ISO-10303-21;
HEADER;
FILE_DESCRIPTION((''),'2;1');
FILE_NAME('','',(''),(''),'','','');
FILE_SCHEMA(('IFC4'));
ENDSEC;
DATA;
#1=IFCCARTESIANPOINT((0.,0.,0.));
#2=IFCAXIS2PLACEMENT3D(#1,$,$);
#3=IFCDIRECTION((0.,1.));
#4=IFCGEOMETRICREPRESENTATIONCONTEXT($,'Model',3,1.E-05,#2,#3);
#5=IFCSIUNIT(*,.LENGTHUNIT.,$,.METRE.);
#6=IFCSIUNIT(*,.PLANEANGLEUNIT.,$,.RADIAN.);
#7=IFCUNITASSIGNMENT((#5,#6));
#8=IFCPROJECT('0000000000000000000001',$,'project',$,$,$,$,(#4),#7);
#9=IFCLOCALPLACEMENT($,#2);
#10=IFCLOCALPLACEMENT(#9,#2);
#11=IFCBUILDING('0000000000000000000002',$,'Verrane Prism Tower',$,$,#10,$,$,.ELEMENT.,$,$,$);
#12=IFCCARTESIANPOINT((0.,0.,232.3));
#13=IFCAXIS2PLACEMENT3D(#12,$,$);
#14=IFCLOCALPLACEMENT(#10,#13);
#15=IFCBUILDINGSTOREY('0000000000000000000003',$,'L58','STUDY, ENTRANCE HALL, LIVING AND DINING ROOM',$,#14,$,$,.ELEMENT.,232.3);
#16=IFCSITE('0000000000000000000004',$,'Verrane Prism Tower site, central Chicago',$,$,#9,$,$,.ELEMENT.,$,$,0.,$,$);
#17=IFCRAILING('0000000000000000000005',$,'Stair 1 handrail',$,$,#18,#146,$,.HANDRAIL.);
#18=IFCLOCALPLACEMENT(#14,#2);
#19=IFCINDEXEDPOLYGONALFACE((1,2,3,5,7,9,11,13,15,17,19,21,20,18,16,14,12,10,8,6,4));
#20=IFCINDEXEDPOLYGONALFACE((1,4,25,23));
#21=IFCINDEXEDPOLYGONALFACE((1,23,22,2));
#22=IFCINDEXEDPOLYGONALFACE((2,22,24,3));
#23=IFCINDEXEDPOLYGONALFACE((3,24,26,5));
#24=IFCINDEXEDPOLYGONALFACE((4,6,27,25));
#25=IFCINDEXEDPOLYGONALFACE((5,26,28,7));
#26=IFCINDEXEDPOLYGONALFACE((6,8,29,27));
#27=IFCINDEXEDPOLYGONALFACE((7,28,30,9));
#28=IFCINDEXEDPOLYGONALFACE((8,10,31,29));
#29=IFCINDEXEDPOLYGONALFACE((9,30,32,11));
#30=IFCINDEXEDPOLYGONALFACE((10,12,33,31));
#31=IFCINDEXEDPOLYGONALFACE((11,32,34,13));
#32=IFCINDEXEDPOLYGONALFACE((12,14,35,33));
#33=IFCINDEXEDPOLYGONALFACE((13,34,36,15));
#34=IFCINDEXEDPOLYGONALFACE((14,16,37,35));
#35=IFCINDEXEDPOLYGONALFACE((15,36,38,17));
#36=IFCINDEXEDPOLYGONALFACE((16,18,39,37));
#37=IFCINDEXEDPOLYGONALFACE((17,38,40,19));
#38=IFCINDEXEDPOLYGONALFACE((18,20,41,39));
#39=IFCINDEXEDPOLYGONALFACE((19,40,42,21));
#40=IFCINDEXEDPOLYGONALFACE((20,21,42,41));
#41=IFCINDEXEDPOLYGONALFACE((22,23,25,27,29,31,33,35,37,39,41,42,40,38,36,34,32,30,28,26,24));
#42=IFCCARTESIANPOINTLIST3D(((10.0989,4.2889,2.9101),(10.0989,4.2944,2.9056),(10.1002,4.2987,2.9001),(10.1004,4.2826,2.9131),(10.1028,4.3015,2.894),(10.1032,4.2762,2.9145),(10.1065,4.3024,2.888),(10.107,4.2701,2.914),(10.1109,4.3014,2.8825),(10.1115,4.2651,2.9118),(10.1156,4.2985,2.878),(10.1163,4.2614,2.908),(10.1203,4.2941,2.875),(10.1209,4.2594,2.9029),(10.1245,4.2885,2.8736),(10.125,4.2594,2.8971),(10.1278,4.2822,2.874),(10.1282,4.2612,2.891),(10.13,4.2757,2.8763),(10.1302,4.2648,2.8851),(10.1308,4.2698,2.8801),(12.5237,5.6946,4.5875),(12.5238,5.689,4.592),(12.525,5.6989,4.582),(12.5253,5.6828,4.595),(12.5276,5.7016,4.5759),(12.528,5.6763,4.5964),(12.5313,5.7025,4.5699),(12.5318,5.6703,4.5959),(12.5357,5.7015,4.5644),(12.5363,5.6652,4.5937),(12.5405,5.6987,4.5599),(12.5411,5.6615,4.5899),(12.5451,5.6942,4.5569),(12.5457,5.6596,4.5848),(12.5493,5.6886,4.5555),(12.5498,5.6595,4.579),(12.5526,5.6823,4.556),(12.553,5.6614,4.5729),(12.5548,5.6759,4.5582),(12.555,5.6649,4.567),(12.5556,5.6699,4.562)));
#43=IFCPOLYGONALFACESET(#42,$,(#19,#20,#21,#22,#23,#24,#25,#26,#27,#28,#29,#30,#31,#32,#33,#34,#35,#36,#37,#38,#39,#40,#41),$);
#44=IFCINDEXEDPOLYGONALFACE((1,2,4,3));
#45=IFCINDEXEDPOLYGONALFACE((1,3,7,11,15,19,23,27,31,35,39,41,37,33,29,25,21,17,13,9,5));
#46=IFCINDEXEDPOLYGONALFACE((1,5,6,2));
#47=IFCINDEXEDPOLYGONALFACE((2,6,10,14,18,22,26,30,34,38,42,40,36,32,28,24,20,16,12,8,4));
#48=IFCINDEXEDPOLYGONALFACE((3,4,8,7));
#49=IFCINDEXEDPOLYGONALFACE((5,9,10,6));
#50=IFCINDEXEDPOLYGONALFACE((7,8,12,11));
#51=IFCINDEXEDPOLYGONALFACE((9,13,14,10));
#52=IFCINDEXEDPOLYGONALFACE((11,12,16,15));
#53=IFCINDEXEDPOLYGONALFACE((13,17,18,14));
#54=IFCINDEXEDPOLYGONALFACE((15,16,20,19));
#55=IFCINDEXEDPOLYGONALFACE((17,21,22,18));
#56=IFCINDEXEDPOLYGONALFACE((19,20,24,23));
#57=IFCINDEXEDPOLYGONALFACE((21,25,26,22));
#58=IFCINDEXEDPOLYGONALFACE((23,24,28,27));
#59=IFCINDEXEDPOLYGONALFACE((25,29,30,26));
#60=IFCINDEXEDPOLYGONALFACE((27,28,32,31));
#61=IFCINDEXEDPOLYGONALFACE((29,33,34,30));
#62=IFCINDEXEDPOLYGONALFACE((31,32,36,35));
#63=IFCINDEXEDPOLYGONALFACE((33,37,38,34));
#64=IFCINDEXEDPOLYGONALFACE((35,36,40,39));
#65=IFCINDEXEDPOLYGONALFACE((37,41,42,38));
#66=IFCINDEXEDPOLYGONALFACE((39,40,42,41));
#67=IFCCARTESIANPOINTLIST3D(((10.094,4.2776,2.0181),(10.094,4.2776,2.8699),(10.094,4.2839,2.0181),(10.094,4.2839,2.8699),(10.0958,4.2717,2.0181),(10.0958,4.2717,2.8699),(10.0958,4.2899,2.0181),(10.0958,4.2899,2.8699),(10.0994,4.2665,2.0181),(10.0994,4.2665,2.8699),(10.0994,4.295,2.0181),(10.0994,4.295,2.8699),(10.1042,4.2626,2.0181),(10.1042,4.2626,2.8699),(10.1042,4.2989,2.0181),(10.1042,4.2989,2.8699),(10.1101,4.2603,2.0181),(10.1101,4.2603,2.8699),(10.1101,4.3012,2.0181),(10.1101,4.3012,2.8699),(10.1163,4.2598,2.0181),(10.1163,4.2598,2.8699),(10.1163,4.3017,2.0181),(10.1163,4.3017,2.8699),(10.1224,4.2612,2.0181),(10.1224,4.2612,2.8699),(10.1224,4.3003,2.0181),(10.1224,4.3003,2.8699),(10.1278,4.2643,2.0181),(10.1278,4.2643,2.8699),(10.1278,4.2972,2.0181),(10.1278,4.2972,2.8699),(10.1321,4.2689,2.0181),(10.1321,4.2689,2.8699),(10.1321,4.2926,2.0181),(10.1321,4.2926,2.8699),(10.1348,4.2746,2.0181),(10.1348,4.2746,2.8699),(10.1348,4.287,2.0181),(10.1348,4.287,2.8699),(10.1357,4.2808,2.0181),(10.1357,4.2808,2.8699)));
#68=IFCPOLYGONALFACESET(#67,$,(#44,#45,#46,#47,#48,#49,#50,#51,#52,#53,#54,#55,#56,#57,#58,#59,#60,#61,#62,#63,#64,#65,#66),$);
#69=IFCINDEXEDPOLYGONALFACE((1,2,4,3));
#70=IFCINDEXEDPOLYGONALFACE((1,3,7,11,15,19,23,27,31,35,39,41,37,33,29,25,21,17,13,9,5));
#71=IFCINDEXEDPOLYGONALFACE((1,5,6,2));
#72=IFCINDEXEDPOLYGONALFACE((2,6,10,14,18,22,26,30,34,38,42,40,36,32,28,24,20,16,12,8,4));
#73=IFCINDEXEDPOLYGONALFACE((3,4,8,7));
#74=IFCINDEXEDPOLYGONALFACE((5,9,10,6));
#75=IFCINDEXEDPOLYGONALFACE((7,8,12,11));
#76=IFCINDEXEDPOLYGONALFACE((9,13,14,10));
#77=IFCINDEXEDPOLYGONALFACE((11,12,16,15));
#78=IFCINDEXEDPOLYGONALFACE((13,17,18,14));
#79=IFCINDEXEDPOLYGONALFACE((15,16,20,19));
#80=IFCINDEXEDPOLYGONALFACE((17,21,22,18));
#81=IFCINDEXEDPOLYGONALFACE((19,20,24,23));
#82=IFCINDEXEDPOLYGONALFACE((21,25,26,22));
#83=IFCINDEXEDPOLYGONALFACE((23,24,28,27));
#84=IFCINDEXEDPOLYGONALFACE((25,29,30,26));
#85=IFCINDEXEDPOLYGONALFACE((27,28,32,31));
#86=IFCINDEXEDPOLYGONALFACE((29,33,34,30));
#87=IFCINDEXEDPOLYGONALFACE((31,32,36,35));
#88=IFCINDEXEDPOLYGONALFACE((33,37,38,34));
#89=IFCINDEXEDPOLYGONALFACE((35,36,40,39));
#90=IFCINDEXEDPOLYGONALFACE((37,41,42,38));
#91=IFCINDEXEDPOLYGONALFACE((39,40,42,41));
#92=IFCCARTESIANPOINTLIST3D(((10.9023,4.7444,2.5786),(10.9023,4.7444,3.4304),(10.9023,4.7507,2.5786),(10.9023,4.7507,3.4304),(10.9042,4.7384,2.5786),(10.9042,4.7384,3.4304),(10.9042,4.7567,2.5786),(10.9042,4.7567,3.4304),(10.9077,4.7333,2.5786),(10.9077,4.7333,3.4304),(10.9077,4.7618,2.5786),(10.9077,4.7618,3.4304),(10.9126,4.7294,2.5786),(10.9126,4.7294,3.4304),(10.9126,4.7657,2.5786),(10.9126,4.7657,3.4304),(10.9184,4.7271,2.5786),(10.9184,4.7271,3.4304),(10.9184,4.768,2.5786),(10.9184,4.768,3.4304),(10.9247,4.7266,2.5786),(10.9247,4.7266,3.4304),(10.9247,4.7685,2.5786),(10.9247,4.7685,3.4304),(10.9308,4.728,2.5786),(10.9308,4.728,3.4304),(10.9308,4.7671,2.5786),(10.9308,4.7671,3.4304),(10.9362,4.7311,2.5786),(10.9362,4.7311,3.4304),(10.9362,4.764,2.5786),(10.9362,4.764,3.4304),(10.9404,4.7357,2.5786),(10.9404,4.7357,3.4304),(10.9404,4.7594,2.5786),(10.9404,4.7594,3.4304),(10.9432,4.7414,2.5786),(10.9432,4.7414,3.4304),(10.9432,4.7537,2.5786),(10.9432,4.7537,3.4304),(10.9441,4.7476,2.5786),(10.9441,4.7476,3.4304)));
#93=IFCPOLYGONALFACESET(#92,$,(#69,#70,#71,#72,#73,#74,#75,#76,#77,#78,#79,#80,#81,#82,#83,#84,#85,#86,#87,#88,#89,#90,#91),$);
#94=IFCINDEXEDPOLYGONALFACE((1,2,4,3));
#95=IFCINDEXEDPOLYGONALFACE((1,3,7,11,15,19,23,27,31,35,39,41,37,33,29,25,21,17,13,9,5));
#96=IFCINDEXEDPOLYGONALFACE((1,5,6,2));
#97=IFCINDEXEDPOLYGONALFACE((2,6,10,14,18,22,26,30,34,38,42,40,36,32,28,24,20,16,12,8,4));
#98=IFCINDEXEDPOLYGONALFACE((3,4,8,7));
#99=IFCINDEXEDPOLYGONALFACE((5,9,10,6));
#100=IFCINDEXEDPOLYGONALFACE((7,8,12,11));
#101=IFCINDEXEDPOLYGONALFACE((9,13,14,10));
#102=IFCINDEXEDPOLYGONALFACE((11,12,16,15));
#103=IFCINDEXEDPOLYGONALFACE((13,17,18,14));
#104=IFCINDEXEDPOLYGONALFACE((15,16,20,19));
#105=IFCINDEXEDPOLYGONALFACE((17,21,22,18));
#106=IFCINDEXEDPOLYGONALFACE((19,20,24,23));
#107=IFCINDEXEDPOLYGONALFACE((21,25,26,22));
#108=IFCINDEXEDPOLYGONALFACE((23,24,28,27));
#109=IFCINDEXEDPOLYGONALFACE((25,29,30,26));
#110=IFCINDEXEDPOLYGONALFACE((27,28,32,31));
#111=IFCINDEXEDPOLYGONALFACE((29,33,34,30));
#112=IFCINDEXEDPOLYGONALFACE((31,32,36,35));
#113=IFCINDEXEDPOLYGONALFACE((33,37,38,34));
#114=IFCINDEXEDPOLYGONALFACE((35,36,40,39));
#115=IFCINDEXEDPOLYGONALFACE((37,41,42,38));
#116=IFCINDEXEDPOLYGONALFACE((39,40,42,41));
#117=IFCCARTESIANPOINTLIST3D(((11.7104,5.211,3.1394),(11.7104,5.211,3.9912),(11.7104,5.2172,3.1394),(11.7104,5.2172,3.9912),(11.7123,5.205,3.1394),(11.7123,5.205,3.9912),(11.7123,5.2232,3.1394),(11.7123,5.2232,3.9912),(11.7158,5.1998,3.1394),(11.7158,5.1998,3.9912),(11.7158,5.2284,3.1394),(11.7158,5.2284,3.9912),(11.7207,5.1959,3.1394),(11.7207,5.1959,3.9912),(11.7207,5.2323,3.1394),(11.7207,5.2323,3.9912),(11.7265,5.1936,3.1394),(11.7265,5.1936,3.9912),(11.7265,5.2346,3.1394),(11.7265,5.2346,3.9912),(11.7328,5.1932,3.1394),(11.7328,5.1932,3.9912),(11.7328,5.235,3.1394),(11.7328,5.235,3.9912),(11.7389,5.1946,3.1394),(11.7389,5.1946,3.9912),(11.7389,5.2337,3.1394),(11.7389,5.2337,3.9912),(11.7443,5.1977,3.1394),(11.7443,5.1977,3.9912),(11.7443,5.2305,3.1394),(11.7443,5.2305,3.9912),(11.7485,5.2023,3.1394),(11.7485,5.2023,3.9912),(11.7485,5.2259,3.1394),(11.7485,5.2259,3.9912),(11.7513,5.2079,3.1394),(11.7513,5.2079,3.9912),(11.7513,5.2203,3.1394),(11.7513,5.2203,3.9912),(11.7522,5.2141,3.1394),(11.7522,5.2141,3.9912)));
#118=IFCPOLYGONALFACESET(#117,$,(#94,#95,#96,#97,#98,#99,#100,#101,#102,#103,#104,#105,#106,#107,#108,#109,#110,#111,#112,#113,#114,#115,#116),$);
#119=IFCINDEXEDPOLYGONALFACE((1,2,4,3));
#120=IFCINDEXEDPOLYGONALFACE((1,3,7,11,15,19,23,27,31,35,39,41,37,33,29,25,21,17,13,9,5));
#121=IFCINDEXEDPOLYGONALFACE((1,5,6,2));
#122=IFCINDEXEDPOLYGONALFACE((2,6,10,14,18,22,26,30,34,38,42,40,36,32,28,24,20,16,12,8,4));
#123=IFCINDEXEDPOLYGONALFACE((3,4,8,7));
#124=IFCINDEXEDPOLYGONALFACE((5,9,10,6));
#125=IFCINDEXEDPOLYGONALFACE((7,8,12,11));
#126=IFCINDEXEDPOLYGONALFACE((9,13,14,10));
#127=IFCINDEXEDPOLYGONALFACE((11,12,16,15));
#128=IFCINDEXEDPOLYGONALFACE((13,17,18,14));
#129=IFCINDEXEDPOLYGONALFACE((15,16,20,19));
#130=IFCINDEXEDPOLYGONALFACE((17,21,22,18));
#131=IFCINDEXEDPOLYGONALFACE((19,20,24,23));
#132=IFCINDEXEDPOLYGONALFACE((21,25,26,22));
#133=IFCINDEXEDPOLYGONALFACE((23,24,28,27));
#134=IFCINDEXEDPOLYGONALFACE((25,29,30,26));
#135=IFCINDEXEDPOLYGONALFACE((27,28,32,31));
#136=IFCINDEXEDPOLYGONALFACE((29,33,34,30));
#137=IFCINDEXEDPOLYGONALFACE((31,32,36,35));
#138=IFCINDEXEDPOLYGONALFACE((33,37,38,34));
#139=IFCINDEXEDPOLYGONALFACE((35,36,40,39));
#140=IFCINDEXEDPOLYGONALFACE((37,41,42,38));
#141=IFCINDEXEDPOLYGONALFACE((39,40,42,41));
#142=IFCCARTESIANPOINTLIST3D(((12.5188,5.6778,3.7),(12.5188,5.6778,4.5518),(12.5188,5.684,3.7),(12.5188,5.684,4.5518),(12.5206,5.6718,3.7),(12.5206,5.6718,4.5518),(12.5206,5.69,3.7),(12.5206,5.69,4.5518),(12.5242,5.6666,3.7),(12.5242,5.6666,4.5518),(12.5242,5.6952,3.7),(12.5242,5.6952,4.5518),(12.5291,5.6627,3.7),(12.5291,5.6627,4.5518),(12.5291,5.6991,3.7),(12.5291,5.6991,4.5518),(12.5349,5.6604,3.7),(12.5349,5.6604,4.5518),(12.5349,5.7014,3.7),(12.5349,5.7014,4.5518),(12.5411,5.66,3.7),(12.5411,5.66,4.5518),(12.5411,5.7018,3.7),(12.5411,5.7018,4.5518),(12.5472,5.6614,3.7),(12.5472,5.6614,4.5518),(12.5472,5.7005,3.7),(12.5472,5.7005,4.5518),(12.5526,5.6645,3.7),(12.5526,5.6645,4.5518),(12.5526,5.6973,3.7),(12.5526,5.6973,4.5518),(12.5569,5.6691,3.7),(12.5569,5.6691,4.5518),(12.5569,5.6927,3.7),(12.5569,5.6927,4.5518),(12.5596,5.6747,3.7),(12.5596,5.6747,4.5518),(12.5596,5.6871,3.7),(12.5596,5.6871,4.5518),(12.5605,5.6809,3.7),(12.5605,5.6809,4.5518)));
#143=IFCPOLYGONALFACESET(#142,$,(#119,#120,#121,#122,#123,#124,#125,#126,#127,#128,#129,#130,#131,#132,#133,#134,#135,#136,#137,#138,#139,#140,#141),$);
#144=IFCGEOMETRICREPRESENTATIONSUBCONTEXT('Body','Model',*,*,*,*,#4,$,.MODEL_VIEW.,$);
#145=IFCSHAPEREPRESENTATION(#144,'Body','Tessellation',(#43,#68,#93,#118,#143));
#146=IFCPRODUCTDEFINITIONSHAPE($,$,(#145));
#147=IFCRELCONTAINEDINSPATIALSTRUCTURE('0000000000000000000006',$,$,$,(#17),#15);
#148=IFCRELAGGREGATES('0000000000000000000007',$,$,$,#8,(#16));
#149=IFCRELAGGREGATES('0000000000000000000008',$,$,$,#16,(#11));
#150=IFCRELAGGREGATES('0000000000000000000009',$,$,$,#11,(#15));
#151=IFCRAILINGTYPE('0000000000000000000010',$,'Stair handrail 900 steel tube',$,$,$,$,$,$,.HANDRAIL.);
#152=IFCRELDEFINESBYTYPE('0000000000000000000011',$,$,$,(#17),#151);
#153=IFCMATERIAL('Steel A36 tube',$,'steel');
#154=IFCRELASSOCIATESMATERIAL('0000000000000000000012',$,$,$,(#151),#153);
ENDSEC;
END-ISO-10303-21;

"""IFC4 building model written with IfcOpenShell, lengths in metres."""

from ifc_helpers import new_model, si_unit, direction, frame, origin, origin_2d, place, context, subcontext, project, spatial, circle, extrude, material, type_object, element, save


model = new_model("IFC4")

# Units and contexts
model_context = context("Model", 3, precision=1e-05, world=origin(), true_north=direction((0.0, 1.0)))
body_context = subcontext(model_context, "Body", "Model", "MODEL_VIEW")
ifc_project = project(units=[si_unit("LENGTHUNIT", "METRE"), si_unit("PLANEANGLEUNIT", "RADIAN")], contexts=[model_context])

# Site, building, storey
site_placement = place(None, origin())
site = spatial("IfcSite", under=ifc_project, at=site_placement, Name="Verrane Prism Tower site, central Chicago", CompositionType="ELEMENT", RefElevation=0.0)
building_placement = place(site_placement, origin())
building = spatial("IfcBuilding", under=site, at=building_placement, Name="Verrane Prism Tower", CompositionType="ELEMENT")
storey_placement = place(building_placement, frame((0.0, 0.0, 232.3)))
storey = spatial("IfcBuildingStorey", under=building, at=storey_placement, Name="L58", Description="STUDY, ENTRANCE HALL, LIVING AND DINING ROOM", CompositionType="ELEMENT", Elevation=232.3)

# Railing
ifc_material_1 = material(Name="Steel A36 tube", Category="steel")
railing_type_1 = type_object("IfcRailingType", Name="Stair handrail 900 steel tube", PredefinedType="HANDRAIL", material=ifc_material_1)
railing_1_placement = place(storey_placement, frame((10.1147, 4.2808, 2.0181)))
element("IfcRailing", 1, at=railing_1_placement, inside=storey, type_object=railing_type_1, Name="Stair 1 handrail", PredefinedType="HANDRAIL", context=body_context, shape_type="SweptSolid", body=[
    extrude(circle(Radius=0.0239, at=origin_2d()), frame((0.0, 0.0, 0.876), z_axis=(0.742367, 0.428662, 0.514918), x_axis=(-0.50005, 0.865997, 0.0)), (0.0, 0.0, 1.0), 3.2664),
    extrude(circle(Radius=0.021, at=origin_2d()), origin(), (0.0, 0.0, 1.0), 0.8518),
    extrude(circle(Radius=0.021, at=origin_2d()), frame((0.8083, 0.4668, 0.5605)), (0.0, 0.0, 1.0), 0.8518),
    extrude(circle(Radius=0.021, at=origin_2d()), frame((1.6165, 0.9333, 1.1213)), (0.0, 0.0, 1.0), 0.8518),
    extrude(circle(Radius=0.021, at=origin_2d()), frame((2.4248, 1.4001, 1.6819)), (0.0, 0.0, 1.0), 0.8518),
])

save(model, "model.ifc")
